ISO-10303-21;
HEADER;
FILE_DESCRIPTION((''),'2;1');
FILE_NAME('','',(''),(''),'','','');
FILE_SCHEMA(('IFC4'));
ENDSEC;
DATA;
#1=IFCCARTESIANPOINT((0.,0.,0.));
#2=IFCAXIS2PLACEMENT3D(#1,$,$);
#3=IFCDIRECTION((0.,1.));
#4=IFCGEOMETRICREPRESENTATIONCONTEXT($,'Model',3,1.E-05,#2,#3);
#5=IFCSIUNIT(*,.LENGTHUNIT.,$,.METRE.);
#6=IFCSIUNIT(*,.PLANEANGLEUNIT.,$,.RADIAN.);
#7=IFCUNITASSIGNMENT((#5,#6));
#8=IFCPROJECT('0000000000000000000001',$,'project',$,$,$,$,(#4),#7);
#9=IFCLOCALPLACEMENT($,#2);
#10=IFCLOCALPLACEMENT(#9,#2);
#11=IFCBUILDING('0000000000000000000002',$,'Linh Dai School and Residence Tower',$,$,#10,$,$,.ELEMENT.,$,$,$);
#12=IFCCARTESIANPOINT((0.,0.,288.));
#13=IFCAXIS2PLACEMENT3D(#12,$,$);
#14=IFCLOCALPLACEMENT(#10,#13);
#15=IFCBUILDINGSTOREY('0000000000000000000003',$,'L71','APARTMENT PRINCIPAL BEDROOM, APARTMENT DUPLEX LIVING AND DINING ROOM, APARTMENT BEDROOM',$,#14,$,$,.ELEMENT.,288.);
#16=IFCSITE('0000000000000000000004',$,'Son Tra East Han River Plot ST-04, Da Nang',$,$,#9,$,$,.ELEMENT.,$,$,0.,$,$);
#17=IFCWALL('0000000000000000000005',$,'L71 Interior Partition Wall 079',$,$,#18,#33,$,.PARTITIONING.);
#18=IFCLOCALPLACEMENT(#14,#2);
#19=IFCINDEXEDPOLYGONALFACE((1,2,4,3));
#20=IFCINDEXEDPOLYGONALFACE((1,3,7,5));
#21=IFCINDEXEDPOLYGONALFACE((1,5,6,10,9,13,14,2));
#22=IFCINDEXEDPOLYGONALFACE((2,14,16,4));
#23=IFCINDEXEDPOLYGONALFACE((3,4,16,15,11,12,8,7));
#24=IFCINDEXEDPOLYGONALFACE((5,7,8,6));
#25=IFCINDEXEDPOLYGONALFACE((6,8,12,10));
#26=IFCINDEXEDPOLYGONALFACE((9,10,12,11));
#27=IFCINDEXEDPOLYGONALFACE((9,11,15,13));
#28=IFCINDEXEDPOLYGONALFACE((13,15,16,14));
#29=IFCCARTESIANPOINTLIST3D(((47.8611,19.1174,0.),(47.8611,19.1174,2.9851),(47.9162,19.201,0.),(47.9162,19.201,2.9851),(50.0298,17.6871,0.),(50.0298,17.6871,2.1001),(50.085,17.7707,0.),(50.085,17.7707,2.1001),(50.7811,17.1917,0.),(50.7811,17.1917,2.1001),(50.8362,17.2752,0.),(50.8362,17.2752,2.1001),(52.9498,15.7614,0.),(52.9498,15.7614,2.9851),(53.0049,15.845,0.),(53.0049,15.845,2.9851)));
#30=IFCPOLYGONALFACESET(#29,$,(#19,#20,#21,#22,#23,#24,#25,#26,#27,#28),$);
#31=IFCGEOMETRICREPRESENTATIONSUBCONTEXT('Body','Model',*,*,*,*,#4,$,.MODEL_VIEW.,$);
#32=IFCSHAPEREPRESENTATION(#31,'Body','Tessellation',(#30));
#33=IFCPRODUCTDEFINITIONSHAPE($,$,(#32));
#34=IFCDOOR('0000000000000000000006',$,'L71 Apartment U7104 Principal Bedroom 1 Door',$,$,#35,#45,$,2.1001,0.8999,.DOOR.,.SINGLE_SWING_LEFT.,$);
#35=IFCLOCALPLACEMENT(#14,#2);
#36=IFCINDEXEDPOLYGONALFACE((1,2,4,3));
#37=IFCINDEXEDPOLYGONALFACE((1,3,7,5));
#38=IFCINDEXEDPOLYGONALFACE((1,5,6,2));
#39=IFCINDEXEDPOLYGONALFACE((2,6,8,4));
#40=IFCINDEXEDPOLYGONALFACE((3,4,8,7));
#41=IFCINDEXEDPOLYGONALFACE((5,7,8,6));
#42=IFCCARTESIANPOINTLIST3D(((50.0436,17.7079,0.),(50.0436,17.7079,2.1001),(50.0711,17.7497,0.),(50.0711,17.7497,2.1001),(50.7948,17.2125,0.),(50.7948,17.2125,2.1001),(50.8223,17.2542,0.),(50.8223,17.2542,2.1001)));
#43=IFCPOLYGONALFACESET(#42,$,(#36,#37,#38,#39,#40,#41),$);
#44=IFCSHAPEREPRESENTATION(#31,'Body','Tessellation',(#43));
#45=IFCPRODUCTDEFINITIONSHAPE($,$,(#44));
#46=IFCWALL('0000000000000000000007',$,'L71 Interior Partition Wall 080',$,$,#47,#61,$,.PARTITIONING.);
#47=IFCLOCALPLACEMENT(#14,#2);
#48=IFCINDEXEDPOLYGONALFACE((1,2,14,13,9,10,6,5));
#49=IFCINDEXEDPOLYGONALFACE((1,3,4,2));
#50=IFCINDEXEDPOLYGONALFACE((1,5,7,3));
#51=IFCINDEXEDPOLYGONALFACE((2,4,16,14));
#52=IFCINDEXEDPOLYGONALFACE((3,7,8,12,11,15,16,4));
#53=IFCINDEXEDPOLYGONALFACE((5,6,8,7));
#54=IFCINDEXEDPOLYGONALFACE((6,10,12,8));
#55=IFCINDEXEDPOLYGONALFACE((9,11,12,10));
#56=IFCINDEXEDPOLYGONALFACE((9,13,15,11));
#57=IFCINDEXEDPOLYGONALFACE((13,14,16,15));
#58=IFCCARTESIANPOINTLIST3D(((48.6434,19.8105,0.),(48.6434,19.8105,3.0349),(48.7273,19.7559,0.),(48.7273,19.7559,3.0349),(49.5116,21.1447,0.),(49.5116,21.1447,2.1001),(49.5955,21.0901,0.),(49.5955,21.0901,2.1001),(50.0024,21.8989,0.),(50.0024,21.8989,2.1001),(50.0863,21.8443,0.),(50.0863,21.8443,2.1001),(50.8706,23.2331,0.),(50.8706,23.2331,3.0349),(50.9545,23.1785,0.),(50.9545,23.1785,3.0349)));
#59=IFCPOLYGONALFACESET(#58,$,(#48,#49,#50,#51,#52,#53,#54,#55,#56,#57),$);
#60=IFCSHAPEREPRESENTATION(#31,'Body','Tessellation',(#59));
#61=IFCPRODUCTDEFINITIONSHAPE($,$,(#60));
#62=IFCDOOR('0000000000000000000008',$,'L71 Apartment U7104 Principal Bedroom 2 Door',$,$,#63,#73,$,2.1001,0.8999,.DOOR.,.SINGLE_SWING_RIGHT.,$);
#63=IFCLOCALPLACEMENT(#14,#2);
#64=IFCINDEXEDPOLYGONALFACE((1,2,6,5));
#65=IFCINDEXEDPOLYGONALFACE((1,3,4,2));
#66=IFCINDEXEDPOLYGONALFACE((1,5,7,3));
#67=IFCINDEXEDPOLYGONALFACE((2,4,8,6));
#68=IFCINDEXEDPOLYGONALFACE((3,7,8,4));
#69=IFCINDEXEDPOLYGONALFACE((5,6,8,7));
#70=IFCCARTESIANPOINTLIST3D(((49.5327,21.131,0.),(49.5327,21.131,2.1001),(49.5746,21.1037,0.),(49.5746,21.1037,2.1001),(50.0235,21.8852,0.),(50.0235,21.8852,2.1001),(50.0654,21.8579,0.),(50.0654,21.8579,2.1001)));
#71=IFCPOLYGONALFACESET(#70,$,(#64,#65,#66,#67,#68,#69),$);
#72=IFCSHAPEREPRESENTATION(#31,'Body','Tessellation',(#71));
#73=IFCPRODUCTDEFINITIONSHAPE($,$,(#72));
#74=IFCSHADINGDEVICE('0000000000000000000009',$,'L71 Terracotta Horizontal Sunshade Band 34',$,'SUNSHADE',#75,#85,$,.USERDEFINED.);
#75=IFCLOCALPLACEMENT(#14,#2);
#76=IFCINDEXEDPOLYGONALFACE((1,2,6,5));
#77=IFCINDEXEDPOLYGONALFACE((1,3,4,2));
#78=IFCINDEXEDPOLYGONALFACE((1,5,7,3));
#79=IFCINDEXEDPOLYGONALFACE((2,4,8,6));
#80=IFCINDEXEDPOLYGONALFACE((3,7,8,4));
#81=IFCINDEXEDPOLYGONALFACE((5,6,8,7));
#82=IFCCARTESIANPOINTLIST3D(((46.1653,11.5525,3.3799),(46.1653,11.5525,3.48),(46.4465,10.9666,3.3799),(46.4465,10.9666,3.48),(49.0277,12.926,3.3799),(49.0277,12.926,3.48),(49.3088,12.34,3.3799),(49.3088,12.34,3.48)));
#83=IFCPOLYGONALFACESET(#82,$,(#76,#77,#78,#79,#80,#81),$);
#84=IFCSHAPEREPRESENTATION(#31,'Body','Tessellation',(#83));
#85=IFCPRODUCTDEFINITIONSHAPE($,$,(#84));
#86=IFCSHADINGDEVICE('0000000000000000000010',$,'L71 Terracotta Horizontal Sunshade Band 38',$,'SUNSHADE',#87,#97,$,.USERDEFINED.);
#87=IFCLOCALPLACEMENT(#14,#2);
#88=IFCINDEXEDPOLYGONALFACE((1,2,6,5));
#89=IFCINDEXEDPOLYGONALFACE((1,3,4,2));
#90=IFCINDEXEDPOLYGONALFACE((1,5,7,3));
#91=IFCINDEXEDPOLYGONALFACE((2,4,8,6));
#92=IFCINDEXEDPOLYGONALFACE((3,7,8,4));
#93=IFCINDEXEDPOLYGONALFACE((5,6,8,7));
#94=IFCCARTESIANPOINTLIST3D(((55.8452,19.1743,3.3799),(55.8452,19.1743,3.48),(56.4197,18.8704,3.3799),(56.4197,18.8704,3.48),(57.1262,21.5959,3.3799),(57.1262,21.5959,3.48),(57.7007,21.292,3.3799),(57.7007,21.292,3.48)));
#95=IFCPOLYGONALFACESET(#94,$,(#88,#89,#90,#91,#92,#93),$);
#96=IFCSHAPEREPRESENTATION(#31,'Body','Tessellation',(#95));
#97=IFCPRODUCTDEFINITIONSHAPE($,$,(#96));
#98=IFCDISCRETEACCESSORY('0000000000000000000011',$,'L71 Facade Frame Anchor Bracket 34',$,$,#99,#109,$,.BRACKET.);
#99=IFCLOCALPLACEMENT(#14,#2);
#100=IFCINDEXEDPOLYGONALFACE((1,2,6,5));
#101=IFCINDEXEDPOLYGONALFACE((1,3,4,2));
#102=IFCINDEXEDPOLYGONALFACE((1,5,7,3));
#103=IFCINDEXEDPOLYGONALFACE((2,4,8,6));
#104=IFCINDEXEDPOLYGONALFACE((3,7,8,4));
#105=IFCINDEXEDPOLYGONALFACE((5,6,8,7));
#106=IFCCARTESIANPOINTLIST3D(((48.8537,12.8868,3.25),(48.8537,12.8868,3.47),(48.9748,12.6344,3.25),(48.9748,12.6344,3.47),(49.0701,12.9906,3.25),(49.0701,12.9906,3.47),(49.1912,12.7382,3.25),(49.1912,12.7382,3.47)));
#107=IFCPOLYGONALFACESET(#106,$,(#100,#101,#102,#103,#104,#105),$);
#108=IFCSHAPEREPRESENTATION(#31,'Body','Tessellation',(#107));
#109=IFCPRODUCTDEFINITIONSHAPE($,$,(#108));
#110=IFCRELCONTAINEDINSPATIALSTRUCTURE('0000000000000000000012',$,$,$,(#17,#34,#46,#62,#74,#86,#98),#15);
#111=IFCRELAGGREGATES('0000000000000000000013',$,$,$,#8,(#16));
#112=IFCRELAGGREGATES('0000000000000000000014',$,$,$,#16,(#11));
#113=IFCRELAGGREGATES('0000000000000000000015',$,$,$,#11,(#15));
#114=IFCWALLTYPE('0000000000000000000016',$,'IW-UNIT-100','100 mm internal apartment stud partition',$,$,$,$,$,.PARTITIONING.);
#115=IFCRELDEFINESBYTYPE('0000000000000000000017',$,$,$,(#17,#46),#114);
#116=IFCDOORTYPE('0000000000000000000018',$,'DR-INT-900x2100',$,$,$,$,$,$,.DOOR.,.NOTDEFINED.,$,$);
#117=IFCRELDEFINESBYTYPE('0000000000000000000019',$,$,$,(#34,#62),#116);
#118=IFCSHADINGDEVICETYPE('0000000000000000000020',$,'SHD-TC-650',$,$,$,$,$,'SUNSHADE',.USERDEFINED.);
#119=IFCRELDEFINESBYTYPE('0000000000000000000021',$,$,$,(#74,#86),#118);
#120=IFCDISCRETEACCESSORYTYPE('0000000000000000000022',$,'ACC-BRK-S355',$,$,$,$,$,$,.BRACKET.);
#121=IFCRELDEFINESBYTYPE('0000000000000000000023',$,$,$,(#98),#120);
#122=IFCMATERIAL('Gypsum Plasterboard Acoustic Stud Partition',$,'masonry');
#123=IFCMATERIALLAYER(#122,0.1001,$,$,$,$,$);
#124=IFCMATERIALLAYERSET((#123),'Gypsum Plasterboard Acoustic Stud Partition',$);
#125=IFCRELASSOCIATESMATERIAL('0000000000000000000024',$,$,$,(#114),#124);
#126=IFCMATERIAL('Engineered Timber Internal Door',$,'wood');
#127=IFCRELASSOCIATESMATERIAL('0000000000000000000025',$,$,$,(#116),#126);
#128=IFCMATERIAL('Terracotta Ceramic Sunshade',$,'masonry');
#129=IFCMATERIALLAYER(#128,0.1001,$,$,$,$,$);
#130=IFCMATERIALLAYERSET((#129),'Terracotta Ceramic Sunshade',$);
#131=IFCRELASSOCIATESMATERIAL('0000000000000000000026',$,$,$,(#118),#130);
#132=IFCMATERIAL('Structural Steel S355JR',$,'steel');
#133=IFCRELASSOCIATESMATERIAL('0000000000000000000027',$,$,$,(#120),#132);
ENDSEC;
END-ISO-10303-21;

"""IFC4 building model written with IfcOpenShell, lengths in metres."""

from ifc_helpers import new_model, si_unit, direction, frame, frame_2d, origin, origin_2d, place, context, subcontext, project, spatial, rectangle, extrude, source, transform, mapped, material, layer, layer_set, type_object, element, fill, save


model = new_model("IFC4")

# Units and contexts
model_context = context("Model", 3, precision=1e-05, world=origin(), true_north=direction((0.0, 1.0)))
body_context = subcontext(model_context, "Body", "Model", "MODEL_VIEW")
ifc_project = project(units=[si_unit("LENGTHUNIT", "METRE"), si_unit("PLANEANGLEUNIT", "RADIAN")], contexts=[model_context])

# Site, building, storey
site_placement = place(None, origin())
site = spatial("IfcSite", under=ifc_project, at=site_placement, Name="Son Tra East Han River Plot ST-04, Da Nang", CompositionType="ELEMENT", RefElevation=0.0)
building_placement = place(site_placement, origin())
building = spatial("IfcBuilding", under=site, at=building_placement, Name="Linh Dai School and Residence Tower", CompositionType="ELEMENT")
storey_placement = place(building_placement, frame((0.0, 0.0, 288.0)))
storey = spatial("IfcBuildingStorey", under=building, at=storey_placement, Name="L71", Description="APARTMENT PRINCIPAL BEDROOM, APARTMENT DUPLEX LIVING AND DINING ROOM, APARTMENT BEDROOM", CompositionType="ELEMENT", Elevation=288.0)

# Shared definitions
ifc_material_1 = material(Name="Structural Steel S355JR", Category="steel")

# Shared definitions
ifc_material_2 = material(Name="Gypsum Plasterboard Acoustic Stud Partition", Category="masonry")
ifc_layer_1 = layer(ifc_material_2, 0.1001)
ifc_layer_set_1 = layer_set([ifc_layer_1], Name="Gypsum Plasterboard Acoustic Stud Partition")
wall_type_1 = type_object("IfcWallType", Name="IW-UNIT-100", Description="100 mm internal apartment stud partition", PredefinedType="PARTITIONING", material=ifc_layer_set_1)

# Walls, openings, doors
wall_1_placement = place(storey_placement, frame((47.8887, 19.1592, 0.0), z_axis=(0.0, 0.0, 1.0), x_axis=(0.8348, -0.550553, 0.0)))
wall_1 = element("IfcWall", 1, at=wall_1_placement, inside=storey, type_object=wall_type_1, Name="L71 Interior Partition Wall 079", PredefinedType="PARTITIONING", context=body_context, shape_type="SweptSolid", body=[
    extrude(rectangle(XDim=6.0957, YDim=0.1001, at=frame_2d((3.0479, 0.0))), origin(), (0.0, 0.0, 1.0), 2.9851),
])
opening_1_placement = place(wall_1_placement, frame((2.5979, 0.0, 0.0)))
opening_1 = element("IfcOpeningElement", 2, at=opening_1_placement, cuts=wall_1, PredefinedType="OPENING", context=body_context, shape_type="SweptSolid", body=[
    extrude(rectangle(XDim=0.8999, YDim=2.1001, at=origin_2d()), frame((0.45, 0.0601, 1.05), z_axis=(0.0, -1.0, 0.0), x_axis=(1.0, 0.0, 0.0)), (0.0, 0.0, 1.0), 0.1201),
])
ifc_material_3 = material(Name="Engineered Timber Internal Door", Category="wood")
door_type_1 = type_object("IfcDoorType", Name="DR-INT-900x2100", OperationType="NOTDEFINED", PredefinedType="DOOR", material=ifc_material_3)
shared_shape_1 = source(origin(), body_context, "Body", "SweptSolid", [
    extrude(rectangle(XDim=0.8999, YDim=2.1001, at=origin_2d()), frame((0.45, 0.0249, 1.05), z_axis=(0.0, -1.0, 0.0), x_axis=(1.0, 0.0, 0.0)), (0.0, 0.0, 1.0), 0.05),
])
door_1_placement = place(opening_1_placement, origin())
door_1 = element("IfcDoor", 3, at=door_1_placement, inside=storey, type_object=door_type_1, Name="L71 Apartment U7104 Principal Bedroom 1 Door", OperationType="SINGLE_SWING_LEFT", OverallHeight=2.1001, OverallWidth=0.8999, PredefinedType="DOOR", context=body_context, shape_type="MappedRepresentation", body=[
    mapped(shared_shape_1, transform((0.0, 0.0, 0.0), x_axis=(1.0, 0.0, 0.0), y_axis=(0.0, 1.0, 0.0), z_axis=(0.0, 0.0, 1.0), scale=1.0)),
])
fill(opening_1, door_1)
wall_2_placement = place(storey_placement, frame((48.6853, 19.7832, 0.0), z_axis=(0.0, 0.0, 1.0), x_axis=(0.545436, 0.838153, 0.0)))
wall_2 = element("IfcWall", 4, at=wall_2_placement, inside=storey, type_object=wall_type_1, Name="L71 Interior Partition Wall 080", PredefinedType="PARTITIONING", context=body_context, shape_type="SweptSolid", body=[
    extrude(rectangle(XDim=4.0835, YDim=0.1001, at=frame_2d((2.0417, 0.0))), origin(), (0.0, 0.0, 1.0), 3.0349),
])
opening_2_placement = place(wall_2_placement, frame((1.5918, 0.0, 0.0)))
opening_2 = element("IfcOpeningElement", 5, at=opening_2_placement, cuts=wall_2, PredefinedType="OPENING", context=body_context, shape_type="SweptSolid", body=[
    extrude(rectangle(XDim=0.8999, YDim=2.1001, at=origin_2d()), frame((0.45, 0.0601, 1.05), z_axis=(0.0, -1.0, 0.0), x_axis=(1.0, 0.0, 0.0)), (0.0, 0.0, 1.0), 0.1201),
])
door_2_placement = place(opening_2_placement, origin())
door_2 = element("IfcDoor", 6, at=door_2_placement, inside=storey, type_object=door_type_1, Name="L71 Apartment U7104 Principal Bedroom 2 Door", OperationType="SINGLE_SWING_RIGHT", OverallHeight=2.1001, OverallWidth=0.8999, PredefinedType="DOOR", context=body_context, shape_type="MappedRepresentation", body=[
    mapped(shared_shape_1, transform((0.0, 0.0, 0.0), x_axis=(1.0, 0.0, 0.0), y_axis=(0.0, 1.0, 0.0), z_axis=(0.0, 0.0, 1.0), scale=1.0)),
])
fill(opening_2, door_2)

# Shading devices
ifc_material_4 = material(Name="Terracotta Ceramic Sunshade", Category="masonry")
ifc_layer_2 = layer(ifc_material_4, 0.1001)
ifc_layer_set_2 = layer_set([ifc_layer_2], Name="Terracotta Ceramic Sunshade")
shading_device_type = type_object("IfcShadingDeviceType", Name="SHD-TC-650", ElementType="SUNSHADE", PredefinedType="USERDEFINED", material=ifc_layer_set_2)
shared_shape_2 = source(origin(), body_context, "Body", "SweptSolid", [
    extrude(rectangle(XDim=3.1748, YDim=0.6499, at=origin_2d()), origin(), (0.0, 0.0, 1.0), 0.1001),
])
shading_device_1_placement = place(storey_placement, frame((47.7371, 11.9463, 3.3799), z_axis=(0.0, 0.0, 1.0), x_axis=(-0.90158, -0.432612, 0.0)))
element("IfcShadingDevice", 7, at=shading_device_1_placement, inside=storey, type_object=shading_device_type, Name="L71 Terracotta Horizontal Sunshade Band 34", ObjectType="SUNSHADE", PredefinedType="USERDEFINED", context=body_context, shape_type="MappedRepresentation", body=[
    mapped(shared_shape_2, transform((0.0, 0.0, 0.0), x_axis=(1.0, 0.0, 0.0), y_axis=(0.0, 1.0, 0.0), z_axis=(0.0, 0.0, 1.0), scale=1.0)),
])
shared_shape_3 = source(origin(), body_context, "Body", "SweptSolid", [
    extrude(rectangle(XDim=2.7395, YDim=0.6499, at=origin_2d()), origin(), (0.0, 0.0, 1.0), 0.1001),
])
shading_device_2_placement = place(storey_placement, frame((56.7729, 20.2332, 3.3799), z_axis=(0.0, 0.0, 1.0), x_axis=(-0.467604, -0.883938, 0.0)))
element("IfcShadingDevice", 8, at=shading_device_2_placement, inside=storey, type_object=shading_device_type, Name="L71 Terracotta Horizontal Sunshade Band 38", ObjectType="SUNSHADE", PredefinedType="USERDEFINED", context=body_context, shape_type="MappedRepresentation", body=[
    mapped(shared_shape_3, transform((0.0, 0.0, 0.0), x_axis=(1.0, 0.0, 0.0), y_axis=(0.0, 1.0, 0.0), z_axis=(0.0, 0.0, 1.0), scale=1.0)),
])

# Discrete accessory
discrete_accessory_type = type_object("IfcDiscreteAccessoryType", Name="ACC-BRK-S355", PredefinedType="BRACKET", material=ifc_material_1)
shared_shape_4 = source(origin(), body_context, "Body", "SweptSolid", [
    extrude(rectangle(XDim=0.28, YDim=0.24, at=origin_2d()), origin(), (0.0, 0.0, 1.0), 0.22),
])
discrete_accessory_placement = place(storey_placement, frame((49.0225, 12.8125, 3.25), z_axis=(0.0, 0.0, 1.0), x_axis=(0.432612, -0.90158, 0.0)))
element("IfcDiscreteAccessory", 9, at=discrete_accessory_placement, inside=storey, type_object=discrete_accessory_type, Name="L71 Facade Frame Anchor Bracket 34", PredefinedType="BRACKET", context=body_context, shape_type="MappedRepresentation", body=[
    mapped(shared_shape_4, transform((0.0, 0.0, 0.0), x_axis=(1.0, 0.0, 0.0), y_axis=(0.0, 1.0, 0.0), z_axis=(0.0, 0.0, 1.0), scale=1.0)),
])

save(model, "model.ifc")
